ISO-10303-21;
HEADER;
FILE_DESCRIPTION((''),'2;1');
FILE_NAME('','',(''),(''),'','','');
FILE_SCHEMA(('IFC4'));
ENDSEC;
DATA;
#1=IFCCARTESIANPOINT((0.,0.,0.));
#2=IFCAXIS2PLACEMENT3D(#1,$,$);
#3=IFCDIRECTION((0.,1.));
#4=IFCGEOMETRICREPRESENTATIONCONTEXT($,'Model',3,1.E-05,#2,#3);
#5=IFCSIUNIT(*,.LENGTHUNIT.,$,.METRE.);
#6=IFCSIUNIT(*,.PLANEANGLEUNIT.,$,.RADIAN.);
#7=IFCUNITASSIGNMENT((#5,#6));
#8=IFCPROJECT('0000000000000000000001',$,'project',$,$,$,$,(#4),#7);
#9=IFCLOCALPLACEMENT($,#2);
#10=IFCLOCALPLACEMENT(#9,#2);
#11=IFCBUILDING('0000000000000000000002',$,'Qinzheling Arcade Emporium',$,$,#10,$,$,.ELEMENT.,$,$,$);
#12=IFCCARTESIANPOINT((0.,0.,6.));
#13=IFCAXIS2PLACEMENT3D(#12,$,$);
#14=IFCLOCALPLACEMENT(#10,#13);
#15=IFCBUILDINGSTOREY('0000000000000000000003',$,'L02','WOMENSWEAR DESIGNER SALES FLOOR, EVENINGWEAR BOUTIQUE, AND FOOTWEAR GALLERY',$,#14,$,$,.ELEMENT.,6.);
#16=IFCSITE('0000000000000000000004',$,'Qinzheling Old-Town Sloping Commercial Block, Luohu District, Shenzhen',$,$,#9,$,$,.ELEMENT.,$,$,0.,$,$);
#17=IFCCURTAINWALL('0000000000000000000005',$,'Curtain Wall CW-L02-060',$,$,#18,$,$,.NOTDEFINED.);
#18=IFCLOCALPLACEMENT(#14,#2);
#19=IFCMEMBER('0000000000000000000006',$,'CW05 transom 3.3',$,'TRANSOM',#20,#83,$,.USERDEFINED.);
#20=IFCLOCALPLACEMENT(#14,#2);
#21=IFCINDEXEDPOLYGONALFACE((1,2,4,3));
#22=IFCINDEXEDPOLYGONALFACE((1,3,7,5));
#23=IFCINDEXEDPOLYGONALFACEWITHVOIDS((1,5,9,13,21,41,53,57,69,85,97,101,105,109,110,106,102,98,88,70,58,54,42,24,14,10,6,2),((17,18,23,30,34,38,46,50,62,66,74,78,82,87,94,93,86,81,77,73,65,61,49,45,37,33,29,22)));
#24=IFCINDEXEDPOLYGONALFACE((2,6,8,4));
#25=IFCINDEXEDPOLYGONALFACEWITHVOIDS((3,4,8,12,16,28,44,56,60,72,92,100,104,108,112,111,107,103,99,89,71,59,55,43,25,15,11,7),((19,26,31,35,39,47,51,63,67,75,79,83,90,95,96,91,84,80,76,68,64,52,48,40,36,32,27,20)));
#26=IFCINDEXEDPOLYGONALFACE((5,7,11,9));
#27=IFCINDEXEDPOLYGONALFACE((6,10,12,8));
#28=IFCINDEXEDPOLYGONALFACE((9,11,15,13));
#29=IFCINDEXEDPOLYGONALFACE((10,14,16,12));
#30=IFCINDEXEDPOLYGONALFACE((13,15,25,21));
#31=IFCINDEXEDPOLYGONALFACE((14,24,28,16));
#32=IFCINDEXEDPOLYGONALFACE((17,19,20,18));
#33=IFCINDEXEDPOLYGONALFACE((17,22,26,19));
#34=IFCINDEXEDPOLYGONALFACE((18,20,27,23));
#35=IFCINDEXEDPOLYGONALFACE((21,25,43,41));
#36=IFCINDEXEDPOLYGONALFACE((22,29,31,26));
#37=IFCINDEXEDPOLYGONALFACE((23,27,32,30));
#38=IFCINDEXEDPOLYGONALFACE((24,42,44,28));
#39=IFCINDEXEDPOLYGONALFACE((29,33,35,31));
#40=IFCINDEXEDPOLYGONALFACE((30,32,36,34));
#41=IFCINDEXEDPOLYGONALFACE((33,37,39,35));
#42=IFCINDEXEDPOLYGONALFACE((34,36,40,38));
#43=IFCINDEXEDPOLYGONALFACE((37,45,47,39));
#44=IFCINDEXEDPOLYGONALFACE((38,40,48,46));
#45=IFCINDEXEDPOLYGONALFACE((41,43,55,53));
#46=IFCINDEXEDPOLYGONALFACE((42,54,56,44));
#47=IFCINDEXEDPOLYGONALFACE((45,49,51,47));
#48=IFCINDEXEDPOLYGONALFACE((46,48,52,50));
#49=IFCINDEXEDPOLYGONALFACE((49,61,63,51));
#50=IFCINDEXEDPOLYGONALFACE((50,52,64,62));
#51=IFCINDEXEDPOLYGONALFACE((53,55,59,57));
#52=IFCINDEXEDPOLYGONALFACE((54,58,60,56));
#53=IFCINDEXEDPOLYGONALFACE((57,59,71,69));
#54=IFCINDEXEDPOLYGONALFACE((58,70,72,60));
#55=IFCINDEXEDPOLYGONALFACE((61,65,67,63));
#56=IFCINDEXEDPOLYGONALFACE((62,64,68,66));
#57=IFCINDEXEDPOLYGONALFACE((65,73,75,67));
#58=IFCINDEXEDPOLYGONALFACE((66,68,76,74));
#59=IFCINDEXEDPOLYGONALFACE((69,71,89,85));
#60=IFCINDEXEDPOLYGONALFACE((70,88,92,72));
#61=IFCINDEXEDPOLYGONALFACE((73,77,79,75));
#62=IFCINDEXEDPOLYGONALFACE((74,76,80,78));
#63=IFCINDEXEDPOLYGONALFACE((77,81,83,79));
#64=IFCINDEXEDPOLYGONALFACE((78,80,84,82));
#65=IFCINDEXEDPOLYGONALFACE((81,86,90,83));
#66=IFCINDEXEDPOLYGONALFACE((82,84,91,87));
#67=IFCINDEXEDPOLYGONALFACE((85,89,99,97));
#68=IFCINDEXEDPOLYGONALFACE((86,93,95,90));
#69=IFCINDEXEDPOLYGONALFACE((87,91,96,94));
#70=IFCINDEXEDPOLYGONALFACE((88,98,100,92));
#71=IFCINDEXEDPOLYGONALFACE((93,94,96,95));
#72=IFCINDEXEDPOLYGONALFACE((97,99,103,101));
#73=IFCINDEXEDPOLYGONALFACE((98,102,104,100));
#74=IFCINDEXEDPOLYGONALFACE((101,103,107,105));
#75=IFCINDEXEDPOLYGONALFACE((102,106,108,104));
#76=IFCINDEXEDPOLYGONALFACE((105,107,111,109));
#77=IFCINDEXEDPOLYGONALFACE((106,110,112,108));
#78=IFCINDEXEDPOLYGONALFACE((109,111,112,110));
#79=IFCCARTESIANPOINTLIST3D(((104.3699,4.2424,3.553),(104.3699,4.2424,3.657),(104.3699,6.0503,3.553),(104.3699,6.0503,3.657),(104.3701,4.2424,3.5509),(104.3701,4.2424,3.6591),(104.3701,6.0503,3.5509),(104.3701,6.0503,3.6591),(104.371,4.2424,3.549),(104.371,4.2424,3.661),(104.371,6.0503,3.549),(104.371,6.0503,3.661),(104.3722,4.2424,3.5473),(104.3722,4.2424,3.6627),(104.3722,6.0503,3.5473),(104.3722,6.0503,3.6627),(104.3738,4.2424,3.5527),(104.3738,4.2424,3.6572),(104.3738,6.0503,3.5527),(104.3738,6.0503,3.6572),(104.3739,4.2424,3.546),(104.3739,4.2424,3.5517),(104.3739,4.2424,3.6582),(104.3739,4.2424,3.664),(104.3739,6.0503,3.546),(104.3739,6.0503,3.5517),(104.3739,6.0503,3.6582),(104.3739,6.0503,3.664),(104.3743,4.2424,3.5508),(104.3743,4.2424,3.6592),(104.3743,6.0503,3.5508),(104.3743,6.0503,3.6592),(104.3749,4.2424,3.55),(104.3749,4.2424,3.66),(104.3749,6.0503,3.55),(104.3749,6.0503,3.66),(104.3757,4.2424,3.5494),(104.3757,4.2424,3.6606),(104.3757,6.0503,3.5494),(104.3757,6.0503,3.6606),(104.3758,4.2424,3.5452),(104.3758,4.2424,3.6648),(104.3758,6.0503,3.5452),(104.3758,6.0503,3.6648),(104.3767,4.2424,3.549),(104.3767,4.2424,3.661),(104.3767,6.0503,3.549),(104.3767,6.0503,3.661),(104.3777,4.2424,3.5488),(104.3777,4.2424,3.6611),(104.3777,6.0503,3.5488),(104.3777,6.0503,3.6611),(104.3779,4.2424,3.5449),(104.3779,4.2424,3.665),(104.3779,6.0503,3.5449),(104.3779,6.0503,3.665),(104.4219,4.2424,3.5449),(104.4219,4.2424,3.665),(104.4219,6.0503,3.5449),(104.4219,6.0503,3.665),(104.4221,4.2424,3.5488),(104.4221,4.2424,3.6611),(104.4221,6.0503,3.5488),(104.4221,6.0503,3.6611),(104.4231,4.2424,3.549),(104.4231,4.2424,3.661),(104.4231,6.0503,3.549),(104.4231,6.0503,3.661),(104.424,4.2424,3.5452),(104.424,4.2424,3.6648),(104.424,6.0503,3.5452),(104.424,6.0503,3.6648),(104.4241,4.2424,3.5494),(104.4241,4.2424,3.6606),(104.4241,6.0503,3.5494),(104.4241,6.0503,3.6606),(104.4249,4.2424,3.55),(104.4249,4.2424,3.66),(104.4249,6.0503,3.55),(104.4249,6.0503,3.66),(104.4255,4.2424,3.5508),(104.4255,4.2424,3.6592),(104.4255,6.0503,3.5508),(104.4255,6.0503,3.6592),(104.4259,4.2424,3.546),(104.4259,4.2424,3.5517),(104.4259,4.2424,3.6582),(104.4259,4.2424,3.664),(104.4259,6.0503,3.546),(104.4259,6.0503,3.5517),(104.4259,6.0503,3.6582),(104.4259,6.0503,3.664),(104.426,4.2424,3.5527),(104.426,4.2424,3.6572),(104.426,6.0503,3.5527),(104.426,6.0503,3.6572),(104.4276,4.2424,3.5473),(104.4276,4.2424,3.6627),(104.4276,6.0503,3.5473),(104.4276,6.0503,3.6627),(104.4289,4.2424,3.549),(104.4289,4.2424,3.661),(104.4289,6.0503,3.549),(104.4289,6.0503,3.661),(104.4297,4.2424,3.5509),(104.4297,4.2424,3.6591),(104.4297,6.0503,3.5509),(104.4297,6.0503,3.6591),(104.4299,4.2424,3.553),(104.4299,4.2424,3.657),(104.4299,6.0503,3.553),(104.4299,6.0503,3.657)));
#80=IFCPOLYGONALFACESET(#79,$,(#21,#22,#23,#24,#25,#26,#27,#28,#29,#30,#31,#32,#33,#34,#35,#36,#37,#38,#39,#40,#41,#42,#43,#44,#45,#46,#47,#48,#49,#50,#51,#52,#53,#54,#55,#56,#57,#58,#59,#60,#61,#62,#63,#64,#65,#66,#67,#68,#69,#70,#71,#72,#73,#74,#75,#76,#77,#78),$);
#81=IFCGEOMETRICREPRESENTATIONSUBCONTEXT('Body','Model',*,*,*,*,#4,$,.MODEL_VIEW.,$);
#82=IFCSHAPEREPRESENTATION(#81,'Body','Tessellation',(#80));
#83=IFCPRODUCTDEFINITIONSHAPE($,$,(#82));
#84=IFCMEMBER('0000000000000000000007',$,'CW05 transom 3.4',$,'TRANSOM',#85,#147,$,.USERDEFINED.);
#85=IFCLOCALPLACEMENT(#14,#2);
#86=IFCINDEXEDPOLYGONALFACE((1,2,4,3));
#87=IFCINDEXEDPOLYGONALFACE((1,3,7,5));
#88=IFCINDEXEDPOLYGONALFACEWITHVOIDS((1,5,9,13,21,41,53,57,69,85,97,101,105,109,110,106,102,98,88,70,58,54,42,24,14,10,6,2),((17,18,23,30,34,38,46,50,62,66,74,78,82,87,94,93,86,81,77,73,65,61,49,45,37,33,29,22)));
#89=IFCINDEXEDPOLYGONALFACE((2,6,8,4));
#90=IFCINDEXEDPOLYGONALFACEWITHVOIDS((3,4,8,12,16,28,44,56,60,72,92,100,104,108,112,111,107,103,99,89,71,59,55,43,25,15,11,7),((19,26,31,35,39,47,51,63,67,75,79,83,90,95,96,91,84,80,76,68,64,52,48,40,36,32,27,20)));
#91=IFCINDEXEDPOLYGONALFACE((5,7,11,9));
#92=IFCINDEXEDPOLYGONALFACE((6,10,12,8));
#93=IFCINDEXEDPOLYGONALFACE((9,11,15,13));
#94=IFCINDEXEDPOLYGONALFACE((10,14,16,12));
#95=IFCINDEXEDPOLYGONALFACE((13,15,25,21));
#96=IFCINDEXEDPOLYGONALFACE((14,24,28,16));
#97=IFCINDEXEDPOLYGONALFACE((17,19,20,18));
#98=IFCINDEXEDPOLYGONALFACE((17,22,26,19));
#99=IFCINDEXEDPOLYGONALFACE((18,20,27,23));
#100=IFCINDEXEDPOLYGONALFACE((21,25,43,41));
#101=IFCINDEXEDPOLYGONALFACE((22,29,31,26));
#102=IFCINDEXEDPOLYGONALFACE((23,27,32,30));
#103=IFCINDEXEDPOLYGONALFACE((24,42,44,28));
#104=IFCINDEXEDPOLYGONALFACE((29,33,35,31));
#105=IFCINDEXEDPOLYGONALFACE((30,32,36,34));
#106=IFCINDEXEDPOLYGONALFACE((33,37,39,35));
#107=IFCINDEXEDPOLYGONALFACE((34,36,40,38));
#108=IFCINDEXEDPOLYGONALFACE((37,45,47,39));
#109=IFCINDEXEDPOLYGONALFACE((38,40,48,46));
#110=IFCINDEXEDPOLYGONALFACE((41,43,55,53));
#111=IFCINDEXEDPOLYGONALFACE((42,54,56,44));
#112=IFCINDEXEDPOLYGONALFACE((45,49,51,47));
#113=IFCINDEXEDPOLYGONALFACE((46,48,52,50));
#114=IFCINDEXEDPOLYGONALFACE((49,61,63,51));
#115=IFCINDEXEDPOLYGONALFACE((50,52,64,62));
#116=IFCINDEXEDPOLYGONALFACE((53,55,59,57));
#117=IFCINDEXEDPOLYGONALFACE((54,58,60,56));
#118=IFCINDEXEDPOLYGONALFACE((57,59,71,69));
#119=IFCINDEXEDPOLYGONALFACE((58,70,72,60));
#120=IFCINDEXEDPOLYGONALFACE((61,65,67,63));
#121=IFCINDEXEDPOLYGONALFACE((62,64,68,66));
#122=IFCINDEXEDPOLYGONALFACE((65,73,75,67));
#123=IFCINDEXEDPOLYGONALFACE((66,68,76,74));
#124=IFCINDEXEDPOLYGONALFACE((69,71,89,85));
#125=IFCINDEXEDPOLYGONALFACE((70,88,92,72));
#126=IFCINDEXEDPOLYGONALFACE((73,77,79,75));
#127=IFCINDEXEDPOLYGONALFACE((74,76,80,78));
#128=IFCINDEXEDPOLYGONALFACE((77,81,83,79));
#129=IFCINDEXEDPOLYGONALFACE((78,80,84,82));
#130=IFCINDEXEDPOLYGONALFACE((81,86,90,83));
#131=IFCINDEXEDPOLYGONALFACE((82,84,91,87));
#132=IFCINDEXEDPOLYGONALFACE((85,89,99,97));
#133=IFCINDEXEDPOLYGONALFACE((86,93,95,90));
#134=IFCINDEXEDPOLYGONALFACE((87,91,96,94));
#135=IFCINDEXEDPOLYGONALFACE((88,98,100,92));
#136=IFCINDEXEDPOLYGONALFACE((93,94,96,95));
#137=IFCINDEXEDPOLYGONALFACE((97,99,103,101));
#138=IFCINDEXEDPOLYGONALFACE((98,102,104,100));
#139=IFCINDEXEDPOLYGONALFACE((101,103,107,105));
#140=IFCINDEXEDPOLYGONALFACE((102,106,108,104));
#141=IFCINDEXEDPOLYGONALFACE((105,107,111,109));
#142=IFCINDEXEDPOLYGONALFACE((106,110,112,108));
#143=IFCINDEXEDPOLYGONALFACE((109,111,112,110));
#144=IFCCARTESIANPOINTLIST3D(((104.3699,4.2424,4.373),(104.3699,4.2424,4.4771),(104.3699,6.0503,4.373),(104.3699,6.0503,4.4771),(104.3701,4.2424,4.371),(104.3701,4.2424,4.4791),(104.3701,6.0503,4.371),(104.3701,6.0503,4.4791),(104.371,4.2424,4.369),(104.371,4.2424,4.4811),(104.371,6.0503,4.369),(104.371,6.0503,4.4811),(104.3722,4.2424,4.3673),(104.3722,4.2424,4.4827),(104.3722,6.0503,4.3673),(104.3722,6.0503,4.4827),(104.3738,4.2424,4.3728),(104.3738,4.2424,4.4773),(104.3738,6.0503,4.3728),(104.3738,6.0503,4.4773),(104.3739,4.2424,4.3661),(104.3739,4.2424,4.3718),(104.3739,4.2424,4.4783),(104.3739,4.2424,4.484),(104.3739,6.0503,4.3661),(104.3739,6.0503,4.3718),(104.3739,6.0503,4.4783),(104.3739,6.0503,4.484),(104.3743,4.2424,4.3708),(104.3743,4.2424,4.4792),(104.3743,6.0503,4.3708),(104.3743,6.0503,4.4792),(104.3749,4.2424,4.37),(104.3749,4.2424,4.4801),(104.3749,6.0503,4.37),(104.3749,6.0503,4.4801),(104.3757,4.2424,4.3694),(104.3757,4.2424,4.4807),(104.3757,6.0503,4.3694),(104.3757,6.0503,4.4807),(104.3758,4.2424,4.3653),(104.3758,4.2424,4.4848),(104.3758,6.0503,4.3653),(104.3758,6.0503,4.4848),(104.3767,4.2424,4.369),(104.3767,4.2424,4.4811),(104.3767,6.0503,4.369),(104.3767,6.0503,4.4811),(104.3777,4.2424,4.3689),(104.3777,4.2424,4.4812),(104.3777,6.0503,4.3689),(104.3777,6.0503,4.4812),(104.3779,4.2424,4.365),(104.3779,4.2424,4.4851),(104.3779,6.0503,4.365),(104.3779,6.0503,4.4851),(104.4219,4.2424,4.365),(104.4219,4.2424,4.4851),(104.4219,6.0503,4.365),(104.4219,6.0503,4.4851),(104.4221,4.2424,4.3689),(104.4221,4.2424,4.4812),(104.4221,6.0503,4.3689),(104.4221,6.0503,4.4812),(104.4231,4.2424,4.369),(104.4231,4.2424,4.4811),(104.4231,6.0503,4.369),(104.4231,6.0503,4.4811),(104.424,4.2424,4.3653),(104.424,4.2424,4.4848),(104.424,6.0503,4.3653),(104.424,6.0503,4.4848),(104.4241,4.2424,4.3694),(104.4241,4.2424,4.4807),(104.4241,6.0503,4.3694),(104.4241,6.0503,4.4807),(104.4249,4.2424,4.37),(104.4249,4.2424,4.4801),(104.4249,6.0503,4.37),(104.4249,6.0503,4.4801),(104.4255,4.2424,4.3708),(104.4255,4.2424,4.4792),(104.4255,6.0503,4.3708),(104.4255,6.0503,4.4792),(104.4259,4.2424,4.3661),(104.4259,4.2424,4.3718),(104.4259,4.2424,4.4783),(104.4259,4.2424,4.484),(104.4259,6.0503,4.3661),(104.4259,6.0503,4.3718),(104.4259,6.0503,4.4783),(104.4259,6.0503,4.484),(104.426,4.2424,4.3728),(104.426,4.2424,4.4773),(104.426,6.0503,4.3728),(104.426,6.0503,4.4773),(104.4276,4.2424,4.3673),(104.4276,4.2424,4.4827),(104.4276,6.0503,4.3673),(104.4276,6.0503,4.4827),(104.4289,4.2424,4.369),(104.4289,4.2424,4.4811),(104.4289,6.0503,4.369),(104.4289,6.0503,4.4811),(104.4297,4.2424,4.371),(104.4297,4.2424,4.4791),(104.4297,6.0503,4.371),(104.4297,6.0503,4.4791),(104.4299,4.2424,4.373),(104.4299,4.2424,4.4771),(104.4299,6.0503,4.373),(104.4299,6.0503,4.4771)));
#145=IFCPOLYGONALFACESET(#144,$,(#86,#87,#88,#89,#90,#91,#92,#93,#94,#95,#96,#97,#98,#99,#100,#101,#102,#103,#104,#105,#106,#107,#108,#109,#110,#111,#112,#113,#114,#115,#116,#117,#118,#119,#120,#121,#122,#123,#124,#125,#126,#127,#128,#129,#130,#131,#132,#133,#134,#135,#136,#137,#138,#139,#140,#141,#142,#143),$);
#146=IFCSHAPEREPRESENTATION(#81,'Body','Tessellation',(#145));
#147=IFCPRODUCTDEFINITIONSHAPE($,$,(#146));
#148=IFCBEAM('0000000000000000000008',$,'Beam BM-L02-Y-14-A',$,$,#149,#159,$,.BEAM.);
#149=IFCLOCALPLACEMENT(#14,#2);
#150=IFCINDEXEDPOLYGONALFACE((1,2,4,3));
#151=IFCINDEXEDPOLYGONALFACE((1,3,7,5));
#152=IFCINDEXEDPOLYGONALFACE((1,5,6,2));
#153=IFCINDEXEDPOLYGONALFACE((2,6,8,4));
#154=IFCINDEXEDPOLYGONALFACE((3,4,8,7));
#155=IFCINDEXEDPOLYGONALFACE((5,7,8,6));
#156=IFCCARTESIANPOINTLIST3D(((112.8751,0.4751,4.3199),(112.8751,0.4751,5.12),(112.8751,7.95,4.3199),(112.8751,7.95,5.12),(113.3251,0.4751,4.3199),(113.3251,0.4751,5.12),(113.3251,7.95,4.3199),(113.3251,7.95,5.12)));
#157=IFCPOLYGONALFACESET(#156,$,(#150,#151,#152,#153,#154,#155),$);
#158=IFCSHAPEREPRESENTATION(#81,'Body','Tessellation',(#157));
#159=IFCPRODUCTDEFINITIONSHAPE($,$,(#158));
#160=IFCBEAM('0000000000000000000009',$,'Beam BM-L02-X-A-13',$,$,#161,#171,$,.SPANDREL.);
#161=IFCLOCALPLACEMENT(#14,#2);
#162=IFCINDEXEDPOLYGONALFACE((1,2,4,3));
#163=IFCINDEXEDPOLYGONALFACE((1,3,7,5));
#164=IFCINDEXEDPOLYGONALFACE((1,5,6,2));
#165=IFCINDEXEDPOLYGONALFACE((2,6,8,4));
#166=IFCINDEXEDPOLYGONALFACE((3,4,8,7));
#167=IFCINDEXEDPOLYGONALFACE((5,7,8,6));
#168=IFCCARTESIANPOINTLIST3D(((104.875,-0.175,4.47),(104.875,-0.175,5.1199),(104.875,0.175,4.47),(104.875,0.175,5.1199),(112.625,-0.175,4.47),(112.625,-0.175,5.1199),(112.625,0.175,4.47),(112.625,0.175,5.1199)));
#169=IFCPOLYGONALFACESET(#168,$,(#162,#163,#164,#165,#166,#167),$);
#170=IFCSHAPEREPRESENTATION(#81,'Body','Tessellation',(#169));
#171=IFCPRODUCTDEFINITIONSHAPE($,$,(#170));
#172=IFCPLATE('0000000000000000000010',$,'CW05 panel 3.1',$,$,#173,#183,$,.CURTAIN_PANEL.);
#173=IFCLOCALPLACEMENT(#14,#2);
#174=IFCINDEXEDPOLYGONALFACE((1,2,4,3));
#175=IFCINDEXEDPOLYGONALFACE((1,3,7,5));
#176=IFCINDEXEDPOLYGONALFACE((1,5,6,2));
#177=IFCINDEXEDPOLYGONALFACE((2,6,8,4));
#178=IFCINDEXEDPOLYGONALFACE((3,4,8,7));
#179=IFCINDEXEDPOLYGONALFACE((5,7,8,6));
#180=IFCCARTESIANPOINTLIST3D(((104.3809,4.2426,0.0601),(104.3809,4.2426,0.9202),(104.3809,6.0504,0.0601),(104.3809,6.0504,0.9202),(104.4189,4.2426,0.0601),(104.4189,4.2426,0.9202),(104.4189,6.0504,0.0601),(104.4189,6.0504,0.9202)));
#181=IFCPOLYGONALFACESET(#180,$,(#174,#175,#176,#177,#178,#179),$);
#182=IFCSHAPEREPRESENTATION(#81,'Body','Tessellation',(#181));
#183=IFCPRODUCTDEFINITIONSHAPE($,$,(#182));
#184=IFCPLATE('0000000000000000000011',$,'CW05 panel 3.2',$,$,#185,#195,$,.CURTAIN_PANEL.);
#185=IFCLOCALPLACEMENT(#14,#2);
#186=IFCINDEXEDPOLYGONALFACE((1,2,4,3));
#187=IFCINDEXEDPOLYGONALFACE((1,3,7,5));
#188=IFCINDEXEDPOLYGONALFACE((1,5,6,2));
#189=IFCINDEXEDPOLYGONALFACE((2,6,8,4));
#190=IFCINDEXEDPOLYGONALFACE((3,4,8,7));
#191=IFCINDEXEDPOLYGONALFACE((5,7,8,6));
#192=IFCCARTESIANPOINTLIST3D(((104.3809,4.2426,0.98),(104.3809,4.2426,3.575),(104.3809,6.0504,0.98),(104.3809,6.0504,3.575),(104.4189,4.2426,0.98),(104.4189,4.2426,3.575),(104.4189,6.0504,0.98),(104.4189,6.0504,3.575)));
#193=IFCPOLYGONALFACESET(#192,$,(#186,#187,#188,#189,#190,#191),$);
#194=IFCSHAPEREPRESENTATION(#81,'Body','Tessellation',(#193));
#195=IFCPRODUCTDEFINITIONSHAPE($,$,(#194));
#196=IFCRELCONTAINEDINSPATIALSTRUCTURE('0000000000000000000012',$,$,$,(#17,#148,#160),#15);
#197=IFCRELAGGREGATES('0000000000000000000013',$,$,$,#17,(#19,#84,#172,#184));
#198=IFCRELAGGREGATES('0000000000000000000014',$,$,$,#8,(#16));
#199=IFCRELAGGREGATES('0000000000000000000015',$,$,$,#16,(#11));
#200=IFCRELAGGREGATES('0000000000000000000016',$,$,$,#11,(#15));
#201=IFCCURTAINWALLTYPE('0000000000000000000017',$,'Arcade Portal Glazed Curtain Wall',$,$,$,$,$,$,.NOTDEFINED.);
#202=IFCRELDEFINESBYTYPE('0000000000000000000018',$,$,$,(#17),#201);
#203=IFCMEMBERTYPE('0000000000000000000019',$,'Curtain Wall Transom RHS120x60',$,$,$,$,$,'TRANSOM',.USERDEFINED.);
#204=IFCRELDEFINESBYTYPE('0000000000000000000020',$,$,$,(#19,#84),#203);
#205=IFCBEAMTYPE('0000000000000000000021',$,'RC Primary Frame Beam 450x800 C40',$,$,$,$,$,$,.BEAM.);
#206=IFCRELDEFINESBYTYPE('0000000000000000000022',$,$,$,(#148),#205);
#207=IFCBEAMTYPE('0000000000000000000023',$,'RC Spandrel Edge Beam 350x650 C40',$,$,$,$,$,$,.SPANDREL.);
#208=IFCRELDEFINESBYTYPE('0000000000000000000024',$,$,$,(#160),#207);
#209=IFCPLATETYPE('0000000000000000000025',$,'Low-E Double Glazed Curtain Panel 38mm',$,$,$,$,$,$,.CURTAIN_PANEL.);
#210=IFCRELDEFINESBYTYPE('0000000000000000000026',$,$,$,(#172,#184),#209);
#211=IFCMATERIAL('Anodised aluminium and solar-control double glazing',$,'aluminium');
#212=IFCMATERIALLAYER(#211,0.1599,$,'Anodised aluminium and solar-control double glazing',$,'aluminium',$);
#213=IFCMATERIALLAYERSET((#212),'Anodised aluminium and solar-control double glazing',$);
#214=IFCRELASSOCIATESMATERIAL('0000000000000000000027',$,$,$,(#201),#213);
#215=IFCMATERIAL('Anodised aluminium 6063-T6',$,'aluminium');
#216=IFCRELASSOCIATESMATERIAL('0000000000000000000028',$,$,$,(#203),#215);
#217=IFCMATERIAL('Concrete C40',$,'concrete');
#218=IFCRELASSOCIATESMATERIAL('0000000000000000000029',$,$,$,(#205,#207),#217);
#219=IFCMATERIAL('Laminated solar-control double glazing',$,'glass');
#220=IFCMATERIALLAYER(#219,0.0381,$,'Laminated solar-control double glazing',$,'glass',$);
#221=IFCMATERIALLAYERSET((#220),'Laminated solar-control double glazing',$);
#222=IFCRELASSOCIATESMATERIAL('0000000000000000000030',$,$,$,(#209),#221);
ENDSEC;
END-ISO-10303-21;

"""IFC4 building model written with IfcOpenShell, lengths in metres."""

from ifc_helpers import new_model, si_unit, direction, frame, origin, origin_2d, place, context, subcontext, project, spatial, rectangle, hollow_rectangle, extrude, material, layer, layer_set, material_profile, profile_set, type_object, element, aggregate, save


model = new_model("IFC4")

# Units and contexts
model_context = context("Model", 3, precision=1e-05, world=origin(), true_north=direction((0.0, 1.0)))
body_context = subcontext(model_context, "Body", "Model", "MODEL_VIEW")
ifc_project = project(units=[si_unit("LENGTHUNIT", "METRE"), si_unit("PLANEANGLEUNIT", "RADIAN")], contexts=[model_context])

# Site, building, storey
site_placement = place(None, origin())
site = spatial("IfcSite", under=ifc_project, at=site_placement, Name="Qinzheling Old-Town Sloping Commercial Block, Luohu District, Shenzhen", CompositionType="ELEMENT", RefElevation=0.0)
building_placement = place(site_placement, origin())
building = spatial("IfcBuilding", under=site, at=building_placement, Name="Qinzheling Arcade Emporium", CompositionType="ELEMENT")
storey_placement = place(building_placement, frame((0.0, 0.0, 6.0)))
storey = spatial("IfcBuildingStorey", under=building, at=storey_placement, Name="L02", Description="WOMENSWEAR DESIGNER SALES FLOOR, EVENINGWEAR BOUTIQUE, AND FOOTWEAR GALLERY", CompositionType="ELEMENT", Elevation=6.0)

# Curtain wall, members
ifc_material_1 = material(Name="Anodised aluminium and solar-control double glazing", Category="aluminium")
ifc_layer_1 = layer(ifc_material_1, 0.1599, Name="Anodised aluminium and solar-control double glazing", Category="aluminium")
ifc_layer_set_1 = layer_set([ifc_layer_1], Name="Anodised aluminium and solar-control double glazing")
curtain_wall_type = type_object("IfcCurtainWallType", Name="Arcade Portal Glazed Curtain Wall", PredefinedType="NOTDEFINED", material=ifc_layer_set_1)
curtain_wall_placement = place(storey_placement, origin())
curtain_wall = element("IfcCurtainWall", 1, at=curtain_wall_placement, inside=storey, type_object=curtain_wall_type, Name="Curtain Wall CW-L02-060", PredefinedType="NOTDEFINED")
ifc_material_2 = material(Name="Anodised aluminium 6063-T6", Category="aluminium")
ifc_material_profile_1 = material_profile(ifc_material_2, hollow_rectangle(XDim=0.0601, YDim=0.1201, WallThickness=0.0039, InnerFilletRadius=0.0039, OuterFilletRadius=0.0081, at=origin_2d()), Name="RHS 120x60x4", Category="aluminium")
ifc_profile_set_1 = profile_set([ifc_material_profile_1], Name="Anodised aluminium 6063-T6")
member_type_1 = type_object("IfcMemberType", Name="Curtain Wall Transom RHS120x60", ElementType="TRANSOM", PredefinedType="USERDEFINED", material=ifc_profile_set_1)
member_1_placement = place(storey_placement, frame((104.3999, 4.2424, 3.605), z_axis=(0.0, 1.0, 0.0), x_axis=(-1.0, 0.0, 0.0)))
member_1 = element("IfcMember", 2, at=member_1_placement, type_object=member_type_1, Name="CW05 transom 3.3", ObjectType="TRANSOM", PredefinedType="USERDEFINED", context=body_context, shape_type="SweptSolid", body=[
    extrude(hollow_rectangle(XDim=0.0601, YDim=0.1201, WallThickness=0.0039, InnerFilletRadius=0.0039, OuterFilletRadius=0.0081, at=origin_2d()), origin(), (0.0, 0.0, 1.0), 1.8079),
])
member_2_placement = place(storey_placement, frame((104.3999, 4.2424, 4.425), z_axis=(0.0, 1.0, 0.0), x_axis=(-1.0, 0.0, 0.0)))
member_2 = element("IfcMember", 3, at=member_2_placement, type_object=member_type_1, Name="CW05 transom 3.4", ObjectType="TRANSOM", PredefinedType="USERDEFINED", context=body_context, shape_type="SweptSolid", body=[
    extrude(hollow_rectangle(XDim=0.0601, YDim=0.1201, WallThickness=0.0039, InnerFilletRadius=0.0039, OuterFilletRadius=0.0081, at=origin_2d()), origin(), (0.0, 0.0, 1.0), 1.8079),
])

# Beams
ifc_material_3 = material(Name="Concrete C40", Category="concrete")
ifc_material_profile_2 = material_profile(ifc_material_3, rectangle(XDim=0.45, YDim=0.8, at=origin_2d()), Name="RC 450x800", Category="concrete")
ifc_profile_set_2 = profile_set([ifc_material_profile_2], Name="Concrete C40")
beam_type_1 = type_object("IfcBeamType", Name="RC Primary Frame Beam 450x800 C40", PredefinedType="BEAM", material=ifc_profile_set_2)
beam_1_placement = place(storey_placement, frame((113.1001, 0.4751, 4.72), z_axis=(0.0, 1.0, 0.0), x_axis=(-1.0, 0.0, 0.0)))
element("IfcBeam", 4, at=beam_1_placement, inside=storey, type_object=beam_type_1, Name="Beam BM-L02-Y-14-A", PredefinedType="BEAM", context=body_context, shape_type="SweptSolid", body=[
    extrude(rectangle(XDim=0.45, YDim=0.8, at=origin_2d()), origin(), (0.0, 0.0, 1.0), 7.4749),
])
ifc_material_profile_3 = material_profile(ifc_material_3, rectangle(XDim=0.3501, YDim=0.6499, at=origin_2d()), Name="RC 350x650", Category="concrete")
ifc_profile_set_3 = profile_set([ifc_material_profile_3], Name="Concrete C40")
beam_type_2 = type_object("IfcBeamType", Name="RC Spandrel Edge Beam 350x650 C40", PredefinedType="SPANDREL", material=ifc_profile_set_3)
beam_2_placement = place(storey_placement, frame((104.875, 0.0, 4.7949), z_axis=(1.0, 0.0, 0.0), x_axis=(0.0, 1.0, 0.0)))
element("IfcBeam", 5, at=beam_2_placement, inside=storey, type_object=beam_type_2, Name="Beam BM-L02-X-A-13", PredefinedType="SPANDREL", context=body_context, shape_type="SweptSolid", body=[
    extrude(rectangle(XDim=0.3501, YDim=0.6499, at=origin_2d()), origin(), (0.0, 0.0, 1.0), 7.75),
])

# Plates
ifc_material_4 = material(Name="Laminated solar-control double glazing", Category="glass")
ifc_layer_2 = layer(ifc_material_4, 0.0381, Name="Laminated solar-control double glazing", Category="glass")
ifc_layer_set_2 = layer_set([ifc_layer_2], Name="Laminated solar-control double glazing")
plate_type_1 = type_object("IfcPlateType", Name="Low-E Double Glazed Curtain Panel 38mm", PredefinedType="CURTAIN_PANEL", material=ifc_layer_set_2)
plate_1_placement = place(storey_placement, frame((104.3999, 5.1465, 0.0601), z_axis=(0.0, 0.0, 1.0), x_axis=(0.0, 1.0, 0.0)))
plate_1 = element("IfcPlate", 6, at=plate_1_placement, type_object=plate_type_1, Name="CW05 panel 3.1", PredefinedType="CURTAIN_PANEL", context=body_context, shape_type="SweptSolid", body=[
    extrude(rectangle(XDim=1.8079, YDim=0.0381, at=origin_2d()), origin(), (0.0, 0.0, 1.0), 0.8601),
])
plate_2_placement = place(storey_placement, frame((104.3999, 5.1465, 0.98), z_axis=(0.0, 0.0, 1.0), x_axis=(0.0, 1.0, 0.0)))
plate_2 = element("IfcPlate", 7, at=plate_2_placement, type_object=plate_type_1, Name="CW05 panel 3.2", PredefinedType="CURTAIN_PANEL", context=body_context, shape_type="SweptSolid", body=[
    extrude(rectangle(XDim=1.8079, YDim=0.0381, at=origin_2d()), origin(), (0.0, 0.0, 1.0), 2.595),
])
aggregate(curtain_wall, [member_1, member_2, plate_1, plate_2])

save(model, "model.ifc")
